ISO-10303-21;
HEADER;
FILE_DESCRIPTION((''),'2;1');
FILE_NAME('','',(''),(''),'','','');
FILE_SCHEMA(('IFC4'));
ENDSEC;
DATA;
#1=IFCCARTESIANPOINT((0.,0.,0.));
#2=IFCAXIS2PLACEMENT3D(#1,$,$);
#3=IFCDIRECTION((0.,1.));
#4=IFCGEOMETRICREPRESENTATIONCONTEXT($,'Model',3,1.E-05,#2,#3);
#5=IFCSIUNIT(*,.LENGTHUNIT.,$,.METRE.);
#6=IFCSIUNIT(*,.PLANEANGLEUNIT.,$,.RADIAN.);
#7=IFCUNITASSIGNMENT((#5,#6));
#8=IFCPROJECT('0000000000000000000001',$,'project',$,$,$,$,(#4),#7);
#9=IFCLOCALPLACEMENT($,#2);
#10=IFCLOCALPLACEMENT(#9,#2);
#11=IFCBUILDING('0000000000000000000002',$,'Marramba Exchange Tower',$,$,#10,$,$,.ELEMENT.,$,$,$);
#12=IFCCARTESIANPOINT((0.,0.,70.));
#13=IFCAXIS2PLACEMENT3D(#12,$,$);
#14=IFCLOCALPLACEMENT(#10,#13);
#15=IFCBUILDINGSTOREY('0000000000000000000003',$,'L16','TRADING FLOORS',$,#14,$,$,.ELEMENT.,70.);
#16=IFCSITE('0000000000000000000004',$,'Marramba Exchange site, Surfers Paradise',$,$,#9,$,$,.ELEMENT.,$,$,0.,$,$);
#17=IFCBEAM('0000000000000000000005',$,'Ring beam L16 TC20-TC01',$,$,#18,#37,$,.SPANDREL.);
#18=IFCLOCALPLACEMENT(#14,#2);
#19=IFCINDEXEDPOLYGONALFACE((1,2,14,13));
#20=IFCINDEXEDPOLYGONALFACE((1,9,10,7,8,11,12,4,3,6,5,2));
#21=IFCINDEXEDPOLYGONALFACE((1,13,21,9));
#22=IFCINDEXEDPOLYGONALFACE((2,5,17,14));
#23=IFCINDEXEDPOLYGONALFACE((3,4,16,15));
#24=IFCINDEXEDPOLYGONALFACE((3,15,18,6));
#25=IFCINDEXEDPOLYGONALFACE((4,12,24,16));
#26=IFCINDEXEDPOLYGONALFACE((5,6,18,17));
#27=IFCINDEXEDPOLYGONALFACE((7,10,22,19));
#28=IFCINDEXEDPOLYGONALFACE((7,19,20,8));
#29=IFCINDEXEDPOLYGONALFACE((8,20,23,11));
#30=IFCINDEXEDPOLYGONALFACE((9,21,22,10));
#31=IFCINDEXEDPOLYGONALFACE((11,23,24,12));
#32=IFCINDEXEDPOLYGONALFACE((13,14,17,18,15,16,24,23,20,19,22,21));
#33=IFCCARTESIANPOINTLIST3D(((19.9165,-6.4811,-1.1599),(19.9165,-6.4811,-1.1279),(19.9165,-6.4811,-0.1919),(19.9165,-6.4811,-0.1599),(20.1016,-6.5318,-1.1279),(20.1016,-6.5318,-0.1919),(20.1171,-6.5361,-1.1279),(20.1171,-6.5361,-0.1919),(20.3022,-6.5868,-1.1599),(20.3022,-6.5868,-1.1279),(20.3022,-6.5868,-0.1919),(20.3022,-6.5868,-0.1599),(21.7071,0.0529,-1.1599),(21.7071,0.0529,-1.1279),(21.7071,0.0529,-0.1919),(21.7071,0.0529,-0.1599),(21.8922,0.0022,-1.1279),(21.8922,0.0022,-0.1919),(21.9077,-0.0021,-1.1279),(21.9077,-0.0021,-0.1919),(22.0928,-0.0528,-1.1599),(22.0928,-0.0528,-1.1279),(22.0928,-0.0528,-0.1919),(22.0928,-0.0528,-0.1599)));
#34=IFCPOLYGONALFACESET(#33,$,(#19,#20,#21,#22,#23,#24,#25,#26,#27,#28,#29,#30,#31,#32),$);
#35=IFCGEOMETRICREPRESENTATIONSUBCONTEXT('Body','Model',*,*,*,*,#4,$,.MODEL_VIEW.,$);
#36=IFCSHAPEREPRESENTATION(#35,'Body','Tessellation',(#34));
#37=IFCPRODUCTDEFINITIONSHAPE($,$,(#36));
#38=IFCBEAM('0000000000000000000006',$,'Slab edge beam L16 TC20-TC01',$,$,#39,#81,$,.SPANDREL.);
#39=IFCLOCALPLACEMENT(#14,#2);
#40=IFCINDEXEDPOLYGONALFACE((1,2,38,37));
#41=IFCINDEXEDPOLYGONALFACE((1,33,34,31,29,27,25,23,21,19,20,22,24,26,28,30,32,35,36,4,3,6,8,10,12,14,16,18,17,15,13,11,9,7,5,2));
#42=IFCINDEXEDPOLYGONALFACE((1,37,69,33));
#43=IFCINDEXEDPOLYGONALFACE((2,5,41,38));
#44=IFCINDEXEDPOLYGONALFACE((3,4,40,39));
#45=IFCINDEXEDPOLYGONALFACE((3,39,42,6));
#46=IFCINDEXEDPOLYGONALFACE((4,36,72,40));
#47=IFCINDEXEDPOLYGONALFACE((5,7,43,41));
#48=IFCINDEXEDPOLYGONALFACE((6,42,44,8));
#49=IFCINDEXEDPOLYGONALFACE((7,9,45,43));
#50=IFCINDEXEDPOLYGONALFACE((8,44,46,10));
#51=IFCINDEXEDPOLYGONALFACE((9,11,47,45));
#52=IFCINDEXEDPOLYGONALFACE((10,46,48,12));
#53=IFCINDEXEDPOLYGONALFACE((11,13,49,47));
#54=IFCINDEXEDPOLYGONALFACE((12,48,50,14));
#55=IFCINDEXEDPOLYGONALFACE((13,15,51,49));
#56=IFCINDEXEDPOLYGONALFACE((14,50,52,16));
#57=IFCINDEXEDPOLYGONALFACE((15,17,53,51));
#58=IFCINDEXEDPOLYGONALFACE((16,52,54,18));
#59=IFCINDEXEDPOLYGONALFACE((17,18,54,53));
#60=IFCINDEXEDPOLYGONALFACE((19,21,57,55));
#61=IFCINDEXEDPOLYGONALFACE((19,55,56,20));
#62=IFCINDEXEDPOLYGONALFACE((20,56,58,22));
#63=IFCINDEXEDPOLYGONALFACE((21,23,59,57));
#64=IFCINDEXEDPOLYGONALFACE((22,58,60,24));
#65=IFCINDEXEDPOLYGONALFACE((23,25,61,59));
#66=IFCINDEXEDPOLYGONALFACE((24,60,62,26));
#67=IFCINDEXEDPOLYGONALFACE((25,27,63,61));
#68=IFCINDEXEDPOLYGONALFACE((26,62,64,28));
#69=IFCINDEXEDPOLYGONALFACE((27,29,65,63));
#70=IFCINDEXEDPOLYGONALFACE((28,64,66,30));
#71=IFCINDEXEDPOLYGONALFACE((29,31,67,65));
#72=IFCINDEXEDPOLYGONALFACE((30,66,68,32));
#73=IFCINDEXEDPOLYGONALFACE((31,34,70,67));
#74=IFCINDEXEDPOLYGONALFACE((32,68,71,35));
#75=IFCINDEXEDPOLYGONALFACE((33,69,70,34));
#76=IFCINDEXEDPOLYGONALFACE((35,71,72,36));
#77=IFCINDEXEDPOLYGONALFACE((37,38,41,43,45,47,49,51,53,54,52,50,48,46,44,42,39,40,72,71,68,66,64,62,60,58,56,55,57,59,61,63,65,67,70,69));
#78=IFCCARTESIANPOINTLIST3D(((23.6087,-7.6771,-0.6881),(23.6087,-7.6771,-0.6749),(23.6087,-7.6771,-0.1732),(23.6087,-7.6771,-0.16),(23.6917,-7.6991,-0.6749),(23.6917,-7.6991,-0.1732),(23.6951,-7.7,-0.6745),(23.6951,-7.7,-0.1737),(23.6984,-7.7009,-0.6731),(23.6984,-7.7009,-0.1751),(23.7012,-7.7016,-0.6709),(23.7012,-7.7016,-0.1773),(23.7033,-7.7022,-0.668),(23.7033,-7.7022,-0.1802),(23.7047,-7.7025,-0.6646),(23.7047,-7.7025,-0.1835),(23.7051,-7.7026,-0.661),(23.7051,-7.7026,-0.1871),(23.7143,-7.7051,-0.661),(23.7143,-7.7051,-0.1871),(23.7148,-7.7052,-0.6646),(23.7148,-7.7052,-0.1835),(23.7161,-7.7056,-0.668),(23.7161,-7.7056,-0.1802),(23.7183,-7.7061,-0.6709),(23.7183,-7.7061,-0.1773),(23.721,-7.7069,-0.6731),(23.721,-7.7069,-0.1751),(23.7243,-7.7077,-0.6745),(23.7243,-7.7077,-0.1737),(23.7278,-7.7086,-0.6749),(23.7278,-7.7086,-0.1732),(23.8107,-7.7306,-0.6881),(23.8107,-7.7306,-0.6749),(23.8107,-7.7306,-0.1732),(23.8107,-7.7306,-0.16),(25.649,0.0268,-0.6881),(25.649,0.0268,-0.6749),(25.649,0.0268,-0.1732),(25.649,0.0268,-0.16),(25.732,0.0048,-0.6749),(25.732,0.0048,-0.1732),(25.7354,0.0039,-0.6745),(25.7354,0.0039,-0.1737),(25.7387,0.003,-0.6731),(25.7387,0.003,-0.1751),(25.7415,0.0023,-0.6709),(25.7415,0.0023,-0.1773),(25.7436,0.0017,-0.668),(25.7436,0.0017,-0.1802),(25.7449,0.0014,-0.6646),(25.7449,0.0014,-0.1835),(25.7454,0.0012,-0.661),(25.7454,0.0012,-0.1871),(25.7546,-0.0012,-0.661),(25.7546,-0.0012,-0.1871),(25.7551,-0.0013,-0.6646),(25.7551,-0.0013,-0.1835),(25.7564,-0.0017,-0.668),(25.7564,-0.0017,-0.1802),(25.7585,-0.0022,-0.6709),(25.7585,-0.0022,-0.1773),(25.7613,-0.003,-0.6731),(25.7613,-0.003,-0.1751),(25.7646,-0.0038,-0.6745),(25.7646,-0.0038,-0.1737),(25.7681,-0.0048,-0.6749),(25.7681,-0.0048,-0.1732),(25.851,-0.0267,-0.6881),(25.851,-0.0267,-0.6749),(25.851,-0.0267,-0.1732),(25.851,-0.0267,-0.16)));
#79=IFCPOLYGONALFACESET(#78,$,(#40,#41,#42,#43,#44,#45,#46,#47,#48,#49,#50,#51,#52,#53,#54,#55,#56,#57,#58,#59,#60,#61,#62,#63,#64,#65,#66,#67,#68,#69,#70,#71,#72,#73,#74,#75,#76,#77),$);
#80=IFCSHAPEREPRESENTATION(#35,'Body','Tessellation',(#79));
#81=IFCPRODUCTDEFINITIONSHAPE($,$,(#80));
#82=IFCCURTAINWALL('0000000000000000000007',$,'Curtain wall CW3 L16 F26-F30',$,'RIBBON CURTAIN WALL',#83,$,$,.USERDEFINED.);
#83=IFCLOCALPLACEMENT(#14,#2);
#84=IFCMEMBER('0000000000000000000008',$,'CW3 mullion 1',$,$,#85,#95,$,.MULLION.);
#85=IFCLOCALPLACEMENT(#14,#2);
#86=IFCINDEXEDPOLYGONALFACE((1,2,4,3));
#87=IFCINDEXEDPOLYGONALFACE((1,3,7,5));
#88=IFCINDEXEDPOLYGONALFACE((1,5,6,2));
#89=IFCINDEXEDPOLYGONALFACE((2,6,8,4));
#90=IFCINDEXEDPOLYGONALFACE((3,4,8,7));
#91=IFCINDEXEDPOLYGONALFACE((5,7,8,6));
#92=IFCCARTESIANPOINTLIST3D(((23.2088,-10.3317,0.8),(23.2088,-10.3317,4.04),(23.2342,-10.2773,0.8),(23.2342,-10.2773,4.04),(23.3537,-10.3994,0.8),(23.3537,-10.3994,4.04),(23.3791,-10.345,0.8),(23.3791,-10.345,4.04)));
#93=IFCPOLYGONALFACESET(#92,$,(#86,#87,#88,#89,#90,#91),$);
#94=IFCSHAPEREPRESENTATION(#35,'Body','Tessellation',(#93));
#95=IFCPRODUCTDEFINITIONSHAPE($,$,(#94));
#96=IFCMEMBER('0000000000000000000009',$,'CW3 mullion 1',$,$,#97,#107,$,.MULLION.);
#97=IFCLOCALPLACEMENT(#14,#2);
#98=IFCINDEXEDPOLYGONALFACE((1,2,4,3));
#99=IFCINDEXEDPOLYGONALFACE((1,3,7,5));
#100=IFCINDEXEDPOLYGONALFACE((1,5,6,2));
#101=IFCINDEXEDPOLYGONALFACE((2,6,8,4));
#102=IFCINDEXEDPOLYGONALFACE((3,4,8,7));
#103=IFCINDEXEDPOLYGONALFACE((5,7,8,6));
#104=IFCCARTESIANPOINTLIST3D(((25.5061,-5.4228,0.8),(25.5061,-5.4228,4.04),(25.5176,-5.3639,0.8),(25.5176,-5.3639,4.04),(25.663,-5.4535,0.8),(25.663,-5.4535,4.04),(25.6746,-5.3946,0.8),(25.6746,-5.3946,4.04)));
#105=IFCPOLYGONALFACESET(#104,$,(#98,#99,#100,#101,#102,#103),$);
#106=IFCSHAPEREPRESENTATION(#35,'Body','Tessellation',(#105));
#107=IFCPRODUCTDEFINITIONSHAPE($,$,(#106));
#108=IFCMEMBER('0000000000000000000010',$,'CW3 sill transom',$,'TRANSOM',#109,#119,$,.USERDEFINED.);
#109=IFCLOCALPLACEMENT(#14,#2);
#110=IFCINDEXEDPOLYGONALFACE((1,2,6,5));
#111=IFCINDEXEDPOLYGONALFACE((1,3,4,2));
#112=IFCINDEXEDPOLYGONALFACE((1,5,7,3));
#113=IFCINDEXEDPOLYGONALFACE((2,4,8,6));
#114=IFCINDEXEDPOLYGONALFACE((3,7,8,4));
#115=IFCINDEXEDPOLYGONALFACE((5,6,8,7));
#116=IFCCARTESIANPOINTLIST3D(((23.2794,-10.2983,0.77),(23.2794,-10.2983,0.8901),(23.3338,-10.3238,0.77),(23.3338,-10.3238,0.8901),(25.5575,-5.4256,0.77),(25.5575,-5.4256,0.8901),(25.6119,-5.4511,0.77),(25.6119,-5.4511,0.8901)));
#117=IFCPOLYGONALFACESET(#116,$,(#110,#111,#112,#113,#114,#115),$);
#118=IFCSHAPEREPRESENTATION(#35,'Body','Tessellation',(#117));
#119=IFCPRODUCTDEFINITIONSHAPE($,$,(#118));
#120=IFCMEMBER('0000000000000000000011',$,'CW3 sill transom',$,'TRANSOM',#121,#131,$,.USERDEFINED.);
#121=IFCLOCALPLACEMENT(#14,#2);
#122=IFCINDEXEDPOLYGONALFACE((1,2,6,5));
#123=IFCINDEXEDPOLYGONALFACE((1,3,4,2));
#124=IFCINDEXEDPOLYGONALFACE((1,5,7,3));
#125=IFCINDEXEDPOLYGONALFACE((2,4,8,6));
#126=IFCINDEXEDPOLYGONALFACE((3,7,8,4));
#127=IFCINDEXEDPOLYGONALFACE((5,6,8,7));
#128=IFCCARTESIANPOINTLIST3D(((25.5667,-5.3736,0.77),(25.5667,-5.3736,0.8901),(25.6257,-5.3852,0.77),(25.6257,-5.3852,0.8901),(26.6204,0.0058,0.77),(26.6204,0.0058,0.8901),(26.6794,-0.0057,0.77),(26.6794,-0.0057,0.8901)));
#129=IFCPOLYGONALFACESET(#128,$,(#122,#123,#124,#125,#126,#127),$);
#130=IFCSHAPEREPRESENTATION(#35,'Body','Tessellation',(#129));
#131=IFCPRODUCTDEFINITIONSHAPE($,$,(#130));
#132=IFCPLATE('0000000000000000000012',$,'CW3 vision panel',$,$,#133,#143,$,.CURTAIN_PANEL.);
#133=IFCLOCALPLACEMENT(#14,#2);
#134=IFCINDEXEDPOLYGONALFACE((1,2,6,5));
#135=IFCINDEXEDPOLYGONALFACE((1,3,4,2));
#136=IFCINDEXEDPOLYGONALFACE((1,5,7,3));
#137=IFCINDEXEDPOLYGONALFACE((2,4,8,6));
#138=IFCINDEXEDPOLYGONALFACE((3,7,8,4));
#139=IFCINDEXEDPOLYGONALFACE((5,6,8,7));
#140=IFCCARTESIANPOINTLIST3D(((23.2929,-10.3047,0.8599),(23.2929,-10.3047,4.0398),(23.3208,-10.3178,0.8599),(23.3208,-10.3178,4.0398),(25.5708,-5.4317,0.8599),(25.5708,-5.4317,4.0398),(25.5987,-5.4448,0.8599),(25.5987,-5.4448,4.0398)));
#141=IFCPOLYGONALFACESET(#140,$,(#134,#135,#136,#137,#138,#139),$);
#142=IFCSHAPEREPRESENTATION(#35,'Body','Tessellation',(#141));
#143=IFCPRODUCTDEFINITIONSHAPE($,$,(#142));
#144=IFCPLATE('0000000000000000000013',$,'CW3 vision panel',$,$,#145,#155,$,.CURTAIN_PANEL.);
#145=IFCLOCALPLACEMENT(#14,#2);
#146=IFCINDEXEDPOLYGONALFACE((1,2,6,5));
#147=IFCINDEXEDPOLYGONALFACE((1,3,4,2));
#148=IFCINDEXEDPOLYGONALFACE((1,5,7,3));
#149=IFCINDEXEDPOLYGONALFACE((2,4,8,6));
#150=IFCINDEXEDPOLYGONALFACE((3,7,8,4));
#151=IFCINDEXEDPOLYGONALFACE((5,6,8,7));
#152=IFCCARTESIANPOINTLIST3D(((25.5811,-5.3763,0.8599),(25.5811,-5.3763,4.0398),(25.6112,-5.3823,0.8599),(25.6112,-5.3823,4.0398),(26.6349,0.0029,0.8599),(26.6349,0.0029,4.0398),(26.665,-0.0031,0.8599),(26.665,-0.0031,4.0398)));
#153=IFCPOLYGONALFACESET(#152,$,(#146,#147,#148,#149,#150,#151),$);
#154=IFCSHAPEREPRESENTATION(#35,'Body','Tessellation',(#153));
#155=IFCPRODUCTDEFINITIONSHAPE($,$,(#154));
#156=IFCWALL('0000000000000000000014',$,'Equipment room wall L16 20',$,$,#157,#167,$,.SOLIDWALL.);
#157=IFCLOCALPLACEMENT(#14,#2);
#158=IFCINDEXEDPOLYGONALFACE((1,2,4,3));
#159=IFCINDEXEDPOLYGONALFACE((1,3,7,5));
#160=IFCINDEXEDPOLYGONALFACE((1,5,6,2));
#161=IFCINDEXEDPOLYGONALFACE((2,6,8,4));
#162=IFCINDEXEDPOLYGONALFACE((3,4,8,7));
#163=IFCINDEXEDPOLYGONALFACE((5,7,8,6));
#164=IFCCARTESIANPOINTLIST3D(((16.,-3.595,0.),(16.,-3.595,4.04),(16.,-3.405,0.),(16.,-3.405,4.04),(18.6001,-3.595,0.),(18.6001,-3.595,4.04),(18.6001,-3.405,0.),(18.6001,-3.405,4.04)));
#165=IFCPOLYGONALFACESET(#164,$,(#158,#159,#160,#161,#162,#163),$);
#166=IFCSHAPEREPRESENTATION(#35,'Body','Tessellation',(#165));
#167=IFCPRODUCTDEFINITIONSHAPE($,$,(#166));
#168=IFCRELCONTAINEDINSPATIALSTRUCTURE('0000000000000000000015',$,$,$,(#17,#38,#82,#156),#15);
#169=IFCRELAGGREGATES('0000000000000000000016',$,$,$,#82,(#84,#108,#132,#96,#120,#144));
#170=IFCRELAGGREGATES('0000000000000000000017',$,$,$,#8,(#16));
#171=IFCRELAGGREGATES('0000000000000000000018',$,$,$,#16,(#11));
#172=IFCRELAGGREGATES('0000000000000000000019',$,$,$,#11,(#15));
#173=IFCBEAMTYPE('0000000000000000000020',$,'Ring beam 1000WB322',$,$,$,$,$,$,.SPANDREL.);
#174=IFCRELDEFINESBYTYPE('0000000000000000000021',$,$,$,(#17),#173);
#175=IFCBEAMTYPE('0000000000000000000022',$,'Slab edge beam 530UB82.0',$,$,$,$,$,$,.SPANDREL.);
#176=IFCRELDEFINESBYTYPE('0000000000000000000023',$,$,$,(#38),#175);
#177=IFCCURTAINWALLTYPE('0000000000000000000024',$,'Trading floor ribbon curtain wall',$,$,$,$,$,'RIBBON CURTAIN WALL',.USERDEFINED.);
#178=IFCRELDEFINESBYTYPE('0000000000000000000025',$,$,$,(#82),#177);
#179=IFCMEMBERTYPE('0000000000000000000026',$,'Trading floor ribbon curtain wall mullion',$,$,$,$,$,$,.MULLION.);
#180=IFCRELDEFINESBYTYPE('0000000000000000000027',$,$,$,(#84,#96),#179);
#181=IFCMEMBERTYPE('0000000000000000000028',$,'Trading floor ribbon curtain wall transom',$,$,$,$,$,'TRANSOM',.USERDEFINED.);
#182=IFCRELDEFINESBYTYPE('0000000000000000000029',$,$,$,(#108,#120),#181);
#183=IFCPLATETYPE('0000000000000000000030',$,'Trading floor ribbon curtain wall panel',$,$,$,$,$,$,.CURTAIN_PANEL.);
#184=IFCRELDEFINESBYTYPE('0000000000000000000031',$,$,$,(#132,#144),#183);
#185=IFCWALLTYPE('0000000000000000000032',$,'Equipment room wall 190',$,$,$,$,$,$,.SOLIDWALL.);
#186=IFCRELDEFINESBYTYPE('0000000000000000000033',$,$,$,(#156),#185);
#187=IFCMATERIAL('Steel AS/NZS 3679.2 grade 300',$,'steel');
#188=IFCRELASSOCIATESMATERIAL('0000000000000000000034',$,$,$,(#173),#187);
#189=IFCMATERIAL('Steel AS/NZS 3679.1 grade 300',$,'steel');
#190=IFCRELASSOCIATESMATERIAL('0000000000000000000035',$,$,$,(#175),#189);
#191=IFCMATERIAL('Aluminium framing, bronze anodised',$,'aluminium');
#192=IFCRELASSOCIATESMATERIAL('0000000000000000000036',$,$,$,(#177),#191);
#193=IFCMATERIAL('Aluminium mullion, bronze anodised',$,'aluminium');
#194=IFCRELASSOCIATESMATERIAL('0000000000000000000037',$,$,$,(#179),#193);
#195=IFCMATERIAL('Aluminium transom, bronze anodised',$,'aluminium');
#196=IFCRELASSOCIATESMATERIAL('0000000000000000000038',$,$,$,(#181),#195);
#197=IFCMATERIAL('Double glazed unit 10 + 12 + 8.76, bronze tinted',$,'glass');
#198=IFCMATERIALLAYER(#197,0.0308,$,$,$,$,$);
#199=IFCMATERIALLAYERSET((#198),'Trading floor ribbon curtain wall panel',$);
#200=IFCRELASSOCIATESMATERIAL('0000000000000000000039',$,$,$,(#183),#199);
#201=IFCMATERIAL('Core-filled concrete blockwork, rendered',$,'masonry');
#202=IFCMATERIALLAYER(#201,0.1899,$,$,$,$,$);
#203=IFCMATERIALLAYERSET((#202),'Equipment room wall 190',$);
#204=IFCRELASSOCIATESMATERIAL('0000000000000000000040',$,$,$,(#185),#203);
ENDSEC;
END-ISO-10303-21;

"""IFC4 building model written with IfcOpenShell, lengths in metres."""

from ifc_helpers import new_model, si_unit, direction, frame, frame_2d, origin, origin_2d, place, context, subcontext, project, spatial, rectangle, i_section, extrude, material, layer, layer_set, material_profile, profile_set, type_object, element, aggregate, save


model = new_model("IFC4")

# Units and contexts
model_context = context("Model", 3, precision=1e-05, world=origin(), true_north=direction((0.0, 1.0)))
body_context = subcontext(model_context, "Body", "Model", "MODEL_VIEW")
ifc_project = project(units=[si_unit("LENGTHUNIT", "METRE"), si_unit("PLANEANGLEUNIT", "RADIAN")], contexts=[model_context])

# Site, building, storey
site_placement = place(None, origin())
site = spatial("IfcSite", under=ifc_project, at=site_placement, Name="Marramba Exchange site, Surfers Paradise", CompositionType="ELEMENT", RefElevation=0.0)
building_placement = place(site_placement, origin())
building = spatial("IfcBuilding", under=site, at=building_placement, Name="Marramba Exchange Tower", CompositionType="ELEMENT")
storey_placement = place(building_placement, frame((0.0, 0.0, 70.0)))
storey = spatial("IfcBuildingStorey", under=building, at=storey_placement, Name="L16", Description="TRADING FLOORS", CompositionType="ELEMENT", Elevation=70.0)

# Beams
ifc_material_1 = material(Name="Steel AS/NZS 3679.2 grade 300", Category="steel")
ifc_material_2 = material(Name="Steel AS/NZS 3679.1 grade 300", Category="steel")
ifc_material_profile_1 = material_profile(ifc_material_1, i_section(OverallWidth=0.3999, OverallDepth=1.0, WebThickness=0.0161, FlangeThickness=0.032, at=origin_2d()), Name="1000WB322")
ifc_profile_set_1 = profile_set([ifc_material_profile_1], Name="Steel AS/NZS 3679.2 grade 300")
beam_type_1 = type_object("IfcBeamType", Name="Ring beam 1000WB322", PredefinedType="SPANDREL", material=ifc_profile_set_1)
beam_1_placement = place(storey_placement, frame((20.1094, -6.5339, -0.6599), z_axis=(0.264291, 0.964443, 0.0), x_axis=(-0.964443, 0.264291, 0.0)))
element("IfcBeam", 1, at=beam_1_placement, inside=storey, type_object=beam_type_1, Name="Ring beam L16 TC20-TC01", PredefinedType="SPANDREL", context=body_context, shape_type="SweptSolid", body=[
    extrude(i_section(OverallWidth=0.3999, OverallDepth=1.0, WebThickness=0.0161, FlangeThickness=0.032, at=origin_2d()), origin(), (0.0, 0.0, 1.0), 6.7749),
])
ifc_material_profile_2 = material_profile(ifc_material_2, i_section(OverallWidth=0.209, OverallDepth=0.5281, WebThickness=0.0095, FlangeThickness=0.0132, FilletRadius=0.0139, at=origin_2d()), Name="530UB82.0")
ifc_profile_set_2 = profile_set([ifc_material_profile_2], Name="Steel AS/NZS 3679.1 grade 300")
beam_type_2 = type_object("IfcBeamType", Name="Slab edge beam 530UB82.0", PredefinedType="SPANDREL", material=ifc_profile_set_2)
beam_2_placement = place(storey_placement, frame((23.7097, -7.7039, -0.4241), z_axis=(0.256013, 0.966673, 0.0), x_axis=(-0.966673, 0.256013, 0.0)))
element("IfcBeam", 2, at=beam_2_placement, inside=storey, type_object=beam_type_2, Name="Slab edge beam L16 TC20-TC01", PredefinedType="SPANDREL", context=body_context, shape_type="SweptSolid", body=[
    extrude(i_section(OverallWidth=0.209, OverallDepth=0.5281, WebThickness=0.0095, FlangeThickness=0.0132, FilletRadius=0.0139, at=origin_2d()), origin(), (0.0, 0.0, 1.0), 7.9695),
])

# Curtain wall, members, plates
ifc_material_3 = material(Name="Aluminium framing, bronze anodised", Category="aluminium")
curtain_wall_type = type_object("IfcCurtainWallType", Name="Trading floor ribbon curtain wall", ElementType="RIBBON CURTAIN WALL", PredefinedType="USERDEFINED", material=ifc_material_3)
curtain_wall_placement = place(storey_placement, origin())
curtain_wall = element("IfcCurtainWall", 3, at=curtain_wall_placement, inside=storey, type_object=curtain_wall_type, Name="Curtain wall CW3 L16 F26-F30", ObjectType="RIBBON CURTAIN WALL", PredefinedType="USERDEFINED")
ifc_material_4 = material(Name="Aluminium mullion, bronze anodised", Category="aluminium")
ifc_material_profile_3 = material_profile(ifc_material_4, rectangle(XDim=0.1599, YDim=0.0601, at=origin_2d()), Name="CW3 mullion 60x160")
ifc_profile_set_3 = profile_set([ifc_material_profile_3], Name="Aluminium mullion, bronze anodised")
member_type_1 = type_object("IfcMemberType", Name="Trading floor ribbon curtain wall mullion", PredefinedType="MULLION", material=ifc_profile_set_3)
member_1_placement = place(storey_placement, frame((23.2939, -10.3384, 0.8), z_axis=(0.0, 0.0, 1.0), x_axis=(-0.905907, 0.423477, 0.0)))
member_1 = element("IfcMember", 4, at=member_1_placement, type_object=member_type_1, Name="CW3 mullion 1", PredefinedType="MULLION", context=body_context, shape_type="SweptSolid", body=[
    extrude(rectangle(XDim=0.1599, YDim=0.0601, at=origin_2d()), origin(), (0.0, 0.0, 1.0), 3.24),
])
member_2_placement = place(storey_placement, frame((25.5903, -5.4087, 0.8), z_axis=(0.0, 0.0, 1.0), x_axis=(-0.981346, 0.192249, 0.0)))
member_2 = element("IfcMember", 5, at=member_2_placement, type_object=member_type_1, Name="CW3 mullion 1", PredefinedType="MULLION", context=body_context, shape_type="SweptSolid", body=[
    extrude(rectangle(XDim=0.1599, YDim=0.0601, at=origin_2d()), origin(), (0.0, 0.0, 1.0), 3.24),
])
ifc_material_5 = material(Name="Aluminium transom, bronze anodised", Category="aluminium")
ifc_material_profile_4 = material_profile(ifc_material_5, rectangle(XDim=0.0601, YDim=0.1201, at=origin_2d()), Name="CW3 transom 60x120")
ifc_profile_set_4 = profile_set([ifc_material_profile_4], Name="Aluminium transom, bronze anodised")
member_type_2 = type_object("IfcMemberType", Name="Trading floor ribbon curtain wall transom", ElementType="TRANSOM", PredefinedType="USERDEFINED", material=ifc_profile_set_4)
member_3_placement = place(storey_placement, frame((23.3066, -10.311, 0.8301), z_axis=(0.423512, 0.905891, 0.0), x_axis=(-0.905891, 0.423512, 0.0)))
member_3 = element("IfcMember", 6, at=member_3_placement, type_object=member_type_2, Name="CW3 sill transom", ObjectType="TRANSOM", PredefinedType="USERDEFINED", context=body_context, shape_type="SweptSolid", body=[
    extrude(rectangle(XDim=0.0601, YDim=0.1201, at=origin_2d()), origin(), (0.0, 0.0, 1.0), 5.3789),
])
member_4_placement = place(storey_placement, frame((25.5962, -5.3794, 0.8301), z_axis=(0.192226, 0.981351, 0.0), x_axis=(-0.981351, 0.192226, 0.0)))
member_4 = element("IfcMember", 7, at=member_4_placement, type_object=member_type_2, Name="CW3 sill transom", ObjectType="TRANSOM", PredefinedType="USERDEFINED", context=body_context, shape_type="SweptSolid", body=[
    extrude(rectangle(XDim=0.0601, YDim=0.1201, at=origin_2d()), origin(), (0.0, 0.0, 1.0), 5.4817),
])
ifc_material_6 = material(Name="Double glazed unit 10 + 12 + 8.76, bronze tinted", Category="glass")
ifc_layer_1 = layer(ifc_material_6, 0.0308)
ifc_layer_set_1 = layer_set([ifc_layer_1], Name="Trading floor ribbon curtain wall panel")
plate_type = type_object("IfcPlateType", Name="Trading floor ribbon curtain wall panel", PredefinedType="CURTAIN_PANEL", material=ifc_layer_set_1)
plate_1_placement = place(storey_placement, frame((24.4458, -7.8748, 0.8599), z_axis=(0.0, 0.0, 1.0), x_axis=(0.423477, 0.905907, 0.0)))
plate_1 = element("IfcPlate", 8, at=plate_1_placement, type_object=plate_type, Name="CW3 vision panel", PredefinedType="CURTAIN_PANEL", context=body_context, shape_type="SweptSolid", body=[
    extrude(rectangle(XDim=5.3792, YDim=0.0308, at=origin_2d()), origin(), (0.0, 0.0, 1.0), 3.1799),
])
plate_2_placement = place(storey_placement, frame((26.123, -2.6897, 0.8599), z_axis=(0.0, 0.0, 1.0), x_axis=(0.192249, 0.981346, 0.0)))
plate_2 = element("IfcPlate", 9, at=plate_2_placement, type_object=plate_type, Name="CW3 vision panel", PredefinedType="CURTAIN_PANEL", context=body_context, shape_type="SweptSolid", body=[
    extrude(rectangle(XDim=5.4814, YDim=0.0308, at=origin_2d()), origin(), (0.0, 0.0, 1.0), 3.1799),
])
aggregate(curtain_wall, [member_1, member_3, plate_1, member_2, member_4, plate_2])

# Wall
ifc_material_7 = material(Name="Core-filled concrete blockwork, rendered", Category="masonry")
ifc_layer_2 = layer(ifc_material_7, 0.1899)
ifc_layer_set_2 = layer_set([ifc_layer_2], Name="Equipment room wall 190")
wall_type_1 = type_object("IfcWallType", Name="Equipment room wall 190", PredefinedType="SOLIDWALL", material=ifc_layer_set_2)
wall_1_placement = place(storey_placement, frame((16.0, -3.5, 0.0), z_axis=(0.0, 0.0, 1.0), x_axis=(1.0, 0.0, 0.0)))
element("IfcWall", 10, at=wall_1_placement, inside=storey, type_object=wall_type_1, Name="Equipment room wall L16 20", PredefinedType="SOLIDWALL", context=body_context, shape_type="SweptSolid", body=[
    extrude(rectangle(XDim=2.6001, YDim=0.1899, at=frame_2d((1.3, 0.0))), origin(), (0.0, 0.0, 1.0), 4.04),
])

save(model, "model.ifc")
